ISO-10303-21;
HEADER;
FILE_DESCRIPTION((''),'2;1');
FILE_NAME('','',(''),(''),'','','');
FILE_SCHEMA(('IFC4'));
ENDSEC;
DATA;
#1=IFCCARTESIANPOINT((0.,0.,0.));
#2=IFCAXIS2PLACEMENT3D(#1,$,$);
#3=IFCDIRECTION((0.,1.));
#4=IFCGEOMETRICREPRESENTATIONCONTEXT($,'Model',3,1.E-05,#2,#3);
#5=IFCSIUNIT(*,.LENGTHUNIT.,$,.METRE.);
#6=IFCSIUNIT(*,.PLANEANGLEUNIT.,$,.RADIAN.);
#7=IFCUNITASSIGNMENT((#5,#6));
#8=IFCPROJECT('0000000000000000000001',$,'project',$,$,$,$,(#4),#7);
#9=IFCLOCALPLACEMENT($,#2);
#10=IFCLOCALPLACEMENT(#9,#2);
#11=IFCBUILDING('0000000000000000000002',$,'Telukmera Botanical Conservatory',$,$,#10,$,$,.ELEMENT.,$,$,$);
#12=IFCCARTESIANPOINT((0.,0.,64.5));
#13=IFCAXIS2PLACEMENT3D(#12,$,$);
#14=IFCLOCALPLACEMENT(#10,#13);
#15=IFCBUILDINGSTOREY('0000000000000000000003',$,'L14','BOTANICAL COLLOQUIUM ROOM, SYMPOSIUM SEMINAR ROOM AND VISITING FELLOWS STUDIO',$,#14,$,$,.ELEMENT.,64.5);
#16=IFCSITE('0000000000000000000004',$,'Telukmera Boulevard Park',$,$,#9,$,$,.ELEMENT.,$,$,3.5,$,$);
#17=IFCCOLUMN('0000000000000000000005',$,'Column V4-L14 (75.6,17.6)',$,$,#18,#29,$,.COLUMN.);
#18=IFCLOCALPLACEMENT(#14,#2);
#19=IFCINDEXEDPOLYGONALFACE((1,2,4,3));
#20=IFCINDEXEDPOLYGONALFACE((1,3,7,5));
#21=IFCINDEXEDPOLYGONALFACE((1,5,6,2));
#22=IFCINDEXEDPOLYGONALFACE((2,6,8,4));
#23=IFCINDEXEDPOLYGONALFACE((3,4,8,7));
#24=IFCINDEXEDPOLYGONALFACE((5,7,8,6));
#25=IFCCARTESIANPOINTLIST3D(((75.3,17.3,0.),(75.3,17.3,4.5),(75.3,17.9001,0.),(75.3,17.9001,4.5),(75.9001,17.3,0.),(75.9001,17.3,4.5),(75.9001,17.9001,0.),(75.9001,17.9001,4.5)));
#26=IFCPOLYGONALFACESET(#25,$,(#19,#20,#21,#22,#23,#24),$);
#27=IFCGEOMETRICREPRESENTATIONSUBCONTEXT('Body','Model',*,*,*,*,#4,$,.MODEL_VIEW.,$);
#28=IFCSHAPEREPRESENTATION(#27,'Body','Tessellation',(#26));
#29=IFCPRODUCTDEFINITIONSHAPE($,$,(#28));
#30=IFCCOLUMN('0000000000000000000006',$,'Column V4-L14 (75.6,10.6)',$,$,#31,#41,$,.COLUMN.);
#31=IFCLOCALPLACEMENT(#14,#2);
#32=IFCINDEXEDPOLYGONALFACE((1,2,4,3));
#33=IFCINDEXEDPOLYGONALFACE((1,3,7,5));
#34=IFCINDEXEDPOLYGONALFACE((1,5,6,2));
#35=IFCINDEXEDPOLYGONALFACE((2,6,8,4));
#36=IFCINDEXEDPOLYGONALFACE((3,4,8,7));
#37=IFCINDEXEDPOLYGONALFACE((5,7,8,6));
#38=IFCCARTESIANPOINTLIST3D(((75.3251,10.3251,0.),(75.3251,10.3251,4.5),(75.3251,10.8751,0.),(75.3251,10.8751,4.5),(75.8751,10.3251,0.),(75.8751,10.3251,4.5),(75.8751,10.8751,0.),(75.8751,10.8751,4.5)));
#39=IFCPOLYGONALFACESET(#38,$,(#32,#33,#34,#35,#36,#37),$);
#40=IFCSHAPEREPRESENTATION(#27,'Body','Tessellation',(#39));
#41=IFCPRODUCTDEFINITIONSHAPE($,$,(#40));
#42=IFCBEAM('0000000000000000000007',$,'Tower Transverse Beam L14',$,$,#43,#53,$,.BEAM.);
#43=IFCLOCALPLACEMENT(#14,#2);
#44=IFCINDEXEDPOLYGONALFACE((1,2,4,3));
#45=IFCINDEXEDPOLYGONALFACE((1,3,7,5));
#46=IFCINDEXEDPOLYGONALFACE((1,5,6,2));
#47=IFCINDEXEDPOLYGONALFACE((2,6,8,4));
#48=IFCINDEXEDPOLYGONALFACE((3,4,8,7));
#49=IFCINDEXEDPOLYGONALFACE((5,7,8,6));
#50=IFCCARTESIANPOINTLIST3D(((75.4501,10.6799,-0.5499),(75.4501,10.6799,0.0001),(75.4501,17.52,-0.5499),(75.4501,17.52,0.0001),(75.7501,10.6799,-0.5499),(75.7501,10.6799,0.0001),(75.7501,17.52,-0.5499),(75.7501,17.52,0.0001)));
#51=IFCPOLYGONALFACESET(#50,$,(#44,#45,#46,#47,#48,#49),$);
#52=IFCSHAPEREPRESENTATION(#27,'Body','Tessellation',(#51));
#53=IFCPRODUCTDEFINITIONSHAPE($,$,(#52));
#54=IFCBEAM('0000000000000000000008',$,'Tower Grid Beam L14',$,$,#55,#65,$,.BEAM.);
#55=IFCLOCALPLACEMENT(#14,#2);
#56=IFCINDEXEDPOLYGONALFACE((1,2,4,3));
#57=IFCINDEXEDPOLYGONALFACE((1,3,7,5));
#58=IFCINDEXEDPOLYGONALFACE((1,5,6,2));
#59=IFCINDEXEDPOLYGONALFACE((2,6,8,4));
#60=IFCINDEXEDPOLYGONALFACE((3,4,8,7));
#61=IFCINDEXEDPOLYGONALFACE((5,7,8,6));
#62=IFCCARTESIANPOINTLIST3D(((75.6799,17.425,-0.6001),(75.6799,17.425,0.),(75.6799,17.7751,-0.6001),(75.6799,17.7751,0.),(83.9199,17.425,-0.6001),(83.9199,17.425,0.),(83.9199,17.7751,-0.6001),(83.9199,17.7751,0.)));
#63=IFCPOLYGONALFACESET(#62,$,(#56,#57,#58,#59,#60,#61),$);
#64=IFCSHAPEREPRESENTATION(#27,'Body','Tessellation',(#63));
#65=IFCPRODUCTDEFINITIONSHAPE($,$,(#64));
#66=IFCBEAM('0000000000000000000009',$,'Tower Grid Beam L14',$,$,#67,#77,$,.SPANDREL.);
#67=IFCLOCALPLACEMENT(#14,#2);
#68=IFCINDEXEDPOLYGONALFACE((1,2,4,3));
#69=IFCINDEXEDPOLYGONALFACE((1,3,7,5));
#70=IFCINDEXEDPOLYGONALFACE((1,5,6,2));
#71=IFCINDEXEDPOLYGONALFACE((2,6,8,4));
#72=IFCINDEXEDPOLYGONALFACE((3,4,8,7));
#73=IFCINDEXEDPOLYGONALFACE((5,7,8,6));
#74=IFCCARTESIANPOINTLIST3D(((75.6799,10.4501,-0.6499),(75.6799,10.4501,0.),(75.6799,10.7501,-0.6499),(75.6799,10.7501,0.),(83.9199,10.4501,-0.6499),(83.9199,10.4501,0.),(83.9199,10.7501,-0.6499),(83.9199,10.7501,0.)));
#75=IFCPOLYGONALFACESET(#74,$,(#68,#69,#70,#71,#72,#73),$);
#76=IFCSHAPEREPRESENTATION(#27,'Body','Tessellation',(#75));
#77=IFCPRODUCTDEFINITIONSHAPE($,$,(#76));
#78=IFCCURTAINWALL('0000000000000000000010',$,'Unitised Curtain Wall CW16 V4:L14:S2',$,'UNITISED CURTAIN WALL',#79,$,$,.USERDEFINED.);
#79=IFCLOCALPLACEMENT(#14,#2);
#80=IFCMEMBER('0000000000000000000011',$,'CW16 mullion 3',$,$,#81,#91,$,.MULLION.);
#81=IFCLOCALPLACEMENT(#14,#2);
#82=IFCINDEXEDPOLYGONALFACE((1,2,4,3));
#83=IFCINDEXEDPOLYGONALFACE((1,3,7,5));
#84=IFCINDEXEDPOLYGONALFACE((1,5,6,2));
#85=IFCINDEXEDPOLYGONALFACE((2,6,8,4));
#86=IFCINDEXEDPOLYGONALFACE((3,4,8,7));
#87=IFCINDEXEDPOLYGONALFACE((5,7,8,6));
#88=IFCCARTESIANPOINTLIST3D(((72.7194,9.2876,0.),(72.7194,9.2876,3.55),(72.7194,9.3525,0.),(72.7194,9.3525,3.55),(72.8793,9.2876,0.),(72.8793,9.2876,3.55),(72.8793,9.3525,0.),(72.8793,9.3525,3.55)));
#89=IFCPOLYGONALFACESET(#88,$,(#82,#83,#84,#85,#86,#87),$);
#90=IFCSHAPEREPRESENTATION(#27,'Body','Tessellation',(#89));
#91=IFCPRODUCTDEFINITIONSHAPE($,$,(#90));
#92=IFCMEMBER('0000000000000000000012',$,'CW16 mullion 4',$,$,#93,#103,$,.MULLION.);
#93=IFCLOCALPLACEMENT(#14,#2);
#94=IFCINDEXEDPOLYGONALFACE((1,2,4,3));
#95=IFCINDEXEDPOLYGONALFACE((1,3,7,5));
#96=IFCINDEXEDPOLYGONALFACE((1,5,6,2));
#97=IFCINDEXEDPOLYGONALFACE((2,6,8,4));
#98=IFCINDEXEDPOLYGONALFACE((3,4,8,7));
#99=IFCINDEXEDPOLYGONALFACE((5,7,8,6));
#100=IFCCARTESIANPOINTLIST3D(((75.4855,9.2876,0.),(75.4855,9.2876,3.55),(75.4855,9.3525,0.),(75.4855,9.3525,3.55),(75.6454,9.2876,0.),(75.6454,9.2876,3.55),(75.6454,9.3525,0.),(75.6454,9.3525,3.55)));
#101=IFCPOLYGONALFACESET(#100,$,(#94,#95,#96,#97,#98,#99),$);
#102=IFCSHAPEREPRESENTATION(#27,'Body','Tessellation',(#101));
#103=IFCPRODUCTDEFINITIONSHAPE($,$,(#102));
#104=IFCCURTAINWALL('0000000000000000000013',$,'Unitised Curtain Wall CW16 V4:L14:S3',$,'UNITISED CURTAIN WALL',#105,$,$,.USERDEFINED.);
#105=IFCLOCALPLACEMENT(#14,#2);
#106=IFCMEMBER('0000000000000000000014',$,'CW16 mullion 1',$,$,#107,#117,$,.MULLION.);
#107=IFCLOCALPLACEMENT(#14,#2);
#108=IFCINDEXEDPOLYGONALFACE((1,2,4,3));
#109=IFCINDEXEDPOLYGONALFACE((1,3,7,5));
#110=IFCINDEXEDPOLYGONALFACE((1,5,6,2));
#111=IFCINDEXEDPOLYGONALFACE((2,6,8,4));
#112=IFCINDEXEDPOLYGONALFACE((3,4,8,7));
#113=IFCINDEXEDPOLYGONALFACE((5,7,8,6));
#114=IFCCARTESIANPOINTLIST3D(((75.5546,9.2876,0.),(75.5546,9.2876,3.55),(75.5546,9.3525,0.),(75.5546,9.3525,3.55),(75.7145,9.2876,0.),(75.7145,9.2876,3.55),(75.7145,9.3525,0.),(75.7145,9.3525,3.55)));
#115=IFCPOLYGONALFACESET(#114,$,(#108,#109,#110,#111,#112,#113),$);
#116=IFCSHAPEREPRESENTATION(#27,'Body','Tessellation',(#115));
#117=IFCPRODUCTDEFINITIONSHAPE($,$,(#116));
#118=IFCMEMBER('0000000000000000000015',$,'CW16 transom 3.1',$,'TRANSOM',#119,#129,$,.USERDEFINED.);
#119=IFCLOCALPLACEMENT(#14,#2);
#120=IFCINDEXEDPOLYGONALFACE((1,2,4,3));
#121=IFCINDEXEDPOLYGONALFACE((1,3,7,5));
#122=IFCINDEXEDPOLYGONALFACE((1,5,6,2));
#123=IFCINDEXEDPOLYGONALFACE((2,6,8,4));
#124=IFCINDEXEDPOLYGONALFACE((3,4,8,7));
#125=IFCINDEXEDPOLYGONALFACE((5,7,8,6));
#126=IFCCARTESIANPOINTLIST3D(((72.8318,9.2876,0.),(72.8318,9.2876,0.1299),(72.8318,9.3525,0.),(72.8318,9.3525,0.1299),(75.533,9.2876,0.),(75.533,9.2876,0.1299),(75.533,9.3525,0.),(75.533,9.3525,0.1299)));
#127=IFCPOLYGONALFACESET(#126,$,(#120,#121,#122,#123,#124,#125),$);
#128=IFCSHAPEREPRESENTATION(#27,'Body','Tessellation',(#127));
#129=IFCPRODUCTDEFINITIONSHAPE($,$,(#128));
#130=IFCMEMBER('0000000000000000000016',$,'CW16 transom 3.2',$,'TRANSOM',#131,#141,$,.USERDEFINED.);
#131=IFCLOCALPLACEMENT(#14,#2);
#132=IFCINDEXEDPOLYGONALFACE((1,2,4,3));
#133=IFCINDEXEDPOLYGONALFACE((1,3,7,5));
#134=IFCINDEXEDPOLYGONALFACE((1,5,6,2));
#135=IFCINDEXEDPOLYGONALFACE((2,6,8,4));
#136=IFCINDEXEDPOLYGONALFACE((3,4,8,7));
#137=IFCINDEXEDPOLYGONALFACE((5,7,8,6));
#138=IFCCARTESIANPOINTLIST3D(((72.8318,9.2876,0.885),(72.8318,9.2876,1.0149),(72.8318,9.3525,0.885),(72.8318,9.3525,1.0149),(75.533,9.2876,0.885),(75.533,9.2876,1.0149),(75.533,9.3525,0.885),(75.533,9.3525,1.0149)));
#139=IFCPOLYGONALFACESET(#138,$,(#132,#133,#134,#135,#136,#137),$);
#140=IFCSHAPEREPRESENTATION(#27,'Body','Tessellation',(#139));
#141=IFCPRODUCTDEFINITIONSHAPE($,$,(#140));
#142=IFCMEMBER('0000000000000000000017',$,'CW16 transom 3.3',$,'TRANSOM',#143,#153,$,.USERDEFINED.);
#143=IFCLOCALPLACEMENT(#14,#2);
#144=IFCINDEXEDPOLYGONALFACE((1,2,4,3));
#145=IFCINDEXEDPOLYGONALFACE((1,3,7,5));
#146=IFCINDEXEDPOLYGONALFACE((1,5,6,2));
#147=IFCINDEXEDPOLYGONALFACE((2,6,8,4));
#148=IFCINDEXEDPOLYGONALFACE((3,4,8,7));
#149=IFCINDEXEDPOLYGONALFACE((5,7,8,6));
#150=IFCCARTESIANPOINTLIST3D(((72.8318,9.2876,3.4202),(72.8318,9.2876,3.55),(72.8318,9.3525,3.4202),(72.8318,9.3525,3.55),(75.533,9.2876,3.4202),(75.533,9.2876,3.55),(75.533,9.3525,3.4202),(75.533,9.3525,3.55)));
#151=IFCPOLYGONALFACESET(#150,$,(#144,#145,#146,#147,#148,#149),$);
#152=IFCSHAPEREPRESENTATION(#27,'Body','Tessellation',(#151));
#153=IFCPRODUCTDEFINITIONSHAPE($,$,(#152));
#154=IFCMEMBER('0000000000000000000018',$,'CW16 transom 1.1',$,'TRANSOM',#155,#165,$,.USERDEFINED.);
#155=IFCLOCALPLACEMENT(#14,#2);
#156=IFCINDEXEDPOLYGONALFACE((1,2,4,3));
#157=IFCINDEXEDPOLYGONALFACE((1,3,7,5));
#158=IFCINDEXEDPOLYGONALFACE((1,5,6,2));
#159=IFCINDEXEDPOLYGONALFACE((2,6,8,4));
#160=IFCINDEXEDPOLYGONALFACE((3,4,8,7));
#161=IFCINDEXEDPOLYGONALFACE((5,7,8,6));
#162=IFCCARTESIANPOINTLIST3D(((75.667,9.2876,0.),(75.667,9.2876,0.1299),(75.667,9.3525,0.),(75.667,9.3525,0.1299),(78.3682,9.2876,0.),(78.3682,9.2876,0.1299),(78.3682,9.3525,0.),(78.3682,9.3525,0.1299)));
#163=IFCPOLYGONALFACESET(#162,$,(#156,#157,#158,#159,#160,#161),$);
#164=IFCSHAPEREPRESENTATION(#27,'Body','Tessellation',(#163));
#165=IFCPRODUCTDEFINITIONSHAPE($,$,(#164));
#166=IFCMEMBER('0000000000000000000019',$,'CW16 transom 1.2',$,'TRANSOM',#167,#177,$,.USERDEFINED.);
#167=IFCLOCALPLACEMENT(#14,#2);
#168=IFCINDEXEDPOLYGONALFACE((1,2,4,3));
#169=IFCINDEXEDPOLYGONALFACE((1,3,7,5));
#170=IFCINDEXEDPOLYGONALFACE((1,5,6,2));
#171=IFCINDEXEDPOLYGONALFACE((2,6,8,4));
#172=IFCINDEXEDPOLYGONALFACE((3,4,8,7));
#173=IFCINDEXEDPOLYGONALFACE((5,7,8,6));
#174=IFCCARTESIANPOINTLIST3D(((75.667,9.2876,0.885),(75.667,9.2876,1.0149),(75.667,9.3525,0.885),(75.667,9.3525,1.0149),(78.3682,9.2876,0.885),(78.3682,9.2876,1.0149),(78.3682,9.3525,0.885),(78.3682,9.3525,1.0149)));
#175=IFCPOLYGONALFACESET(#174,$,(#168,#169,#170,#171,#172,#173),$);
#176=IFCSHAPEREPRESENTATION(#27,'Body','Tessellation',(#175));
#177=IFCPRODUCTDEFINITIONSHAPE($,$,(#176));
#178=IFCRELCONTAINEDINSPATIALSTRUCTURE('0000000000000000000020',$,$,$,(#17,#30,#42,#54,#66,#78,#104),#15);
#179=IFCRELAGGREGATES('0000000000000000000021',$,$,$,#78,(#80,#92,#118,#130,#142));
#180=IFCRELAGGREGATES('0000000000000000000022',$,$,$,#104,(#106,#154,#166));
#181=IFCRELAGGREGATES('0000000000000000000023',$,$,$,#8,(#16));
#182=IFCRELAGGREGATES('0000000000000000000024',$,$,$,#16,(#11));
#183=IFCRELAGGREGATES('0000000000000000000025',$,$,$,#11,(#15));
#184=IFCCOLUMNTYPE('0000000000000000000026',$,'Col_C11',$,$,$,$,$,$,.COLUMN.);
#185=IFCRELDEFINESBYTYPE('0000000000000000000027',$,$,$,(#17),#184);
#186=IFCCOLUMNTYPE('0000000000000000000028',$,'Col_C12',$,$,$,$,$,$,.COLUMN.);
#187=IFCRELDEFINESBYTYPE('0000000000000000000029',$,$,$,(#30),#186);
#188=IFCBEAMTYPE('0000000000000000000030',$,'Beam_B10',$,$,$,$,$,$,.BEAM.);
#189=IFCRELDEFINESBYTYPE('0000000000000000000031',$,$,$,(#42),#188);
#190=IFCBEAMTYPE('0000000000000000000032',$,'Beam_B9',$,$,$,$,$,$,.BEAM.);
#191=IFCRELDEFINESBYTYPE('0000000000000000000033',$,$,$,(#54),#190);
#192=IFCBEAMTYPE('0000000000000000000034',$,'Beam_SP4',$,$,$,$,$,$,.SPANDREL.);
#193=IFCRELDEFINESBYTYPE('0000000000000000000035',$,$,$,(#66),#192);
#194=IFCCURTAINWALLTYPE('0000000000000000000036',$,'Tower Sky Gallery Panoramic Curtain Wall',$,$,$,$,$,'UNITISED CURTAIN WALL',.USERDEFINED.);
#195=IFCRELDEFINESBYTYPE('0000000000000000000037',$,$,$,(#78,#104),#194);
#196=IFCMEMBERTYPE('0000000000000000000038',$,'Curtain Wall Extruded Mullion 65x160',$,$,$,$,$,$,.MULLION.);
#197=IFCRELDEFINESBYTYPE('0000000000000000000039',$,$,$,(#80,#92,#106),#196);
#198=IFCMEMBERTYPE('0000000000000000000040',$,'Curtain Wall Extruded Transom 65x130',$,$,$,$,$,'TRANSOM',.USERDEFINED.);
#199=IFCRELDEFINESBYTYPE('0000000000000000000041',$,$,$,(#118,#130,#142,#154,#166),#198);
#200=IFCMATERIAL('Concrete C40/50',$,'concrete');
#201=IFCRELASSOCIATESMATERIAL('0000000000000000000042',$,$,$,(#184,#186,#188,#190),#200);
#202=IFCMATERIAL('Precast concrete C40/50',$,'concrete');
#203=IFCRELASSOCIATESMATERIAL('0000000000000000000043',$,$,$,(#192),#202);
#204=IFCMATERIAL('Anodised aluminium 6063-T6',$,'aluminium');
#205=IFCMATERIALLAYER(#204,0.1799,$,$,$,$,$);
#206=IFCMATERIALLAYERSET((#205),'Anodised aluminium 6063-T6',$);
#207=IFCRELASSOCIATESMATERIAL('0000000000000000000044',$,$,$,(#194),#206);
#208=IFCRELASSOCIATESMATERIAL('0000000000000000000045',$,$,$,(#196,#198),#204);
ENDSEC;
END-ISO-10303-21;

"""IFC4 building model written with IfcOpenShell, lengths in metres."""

from ifc_helpers import new_model, si_unit, direction, frame, origin, origin_2d, place, context, subcontext, project, spatial, rectangle, extrude, material, layer, layer_set, material_profile, profile_set, type_object, element, aggregate, save


model = new_model("IFC4")

# Units and contexts
model_context = context("Model", 3, precision=1e-05, world=origin(), true_north=direction((0.0, 1.0)))
body_context = subcontext(model_context, "Body", "Model", "MODEL_VIEW")
ifc_project = project(units=[si_unit("LENGTHUNIT", "METRE"), si_unit("PLANEANGLEUNIT", "RADIAN")], contexts=[model_context])

# Site, building, storey
site_placement = place(None, origin())
site = spatial("IfcSite", under=ifc_project, at=site_placement, Name="Telukmera Boulevard Park", CompositionType="ELEMENT", RefElevation=3.5)
building_placement = place(site_placement, origin())
building = spatial("IfcBuilding", under=site, at=building_placement, Name="Telukmera Botanical Conservatory", CompositionType="ELEMENT")
storey_placement = place(building_placement, frame((0.0, 0.0, 64.5)))
storey = spatial("IfcBuildingStorey", under=building, at=storey_placement, Name="L14", Description="BOTANICAL COLLOQUIUM ROOM, SYMPOSIUM SEMINAR ROOM AND VISITING FELLOWS STUDIO", CompositionType="ELEMENT", Elevation=64.5)

# Columns
ifc_material_1 = material(Name="Concrete C40/50", Category="concrete")
ifc_material_profile_1 = material_profile(ifc_material_1, rectangle(XDim=0.6001, YDim=0.6001, at=origin_2d()), Name="RC 600x600")
ifc_profile_set_1 = profile_set([ifc_material_profile_1], Name="Concrete C40/50")
column_type_1 = type_object("IfcColumnType", Name="Col_C11", PredefinedType="COLUMN", material=ifc_profile_set_1)
column_1_placement = place(storey_placement, frame((75.6001, 17.6001, 0.0), z_axis=(0.0, 0.0, 1.0), x_axis=(1.0, 0.0, 0.0)))
element("IfcColumn", 1, at=column_1_placement, inside=storey, type_object=column_type_1, Name="Column V4-L14 (75.6,17.6)", PredefinedType="COLUMN", context=body_context, shape_type="SweptSolid", body=[
    extrude(rectangle(XDim=0.6001, YDim=0.6001, at=origin_2d()), origin(), (0.0, 0.0, 1.0), 4.5),
])
ifc_material_profile_2 = material_profile(ifc_material_1, rectangle(XDim=0.55, YDim=0.55, at=origin_2d()), Name="RC 550x550")
ifc_profile_set_2 = profile_set([ifc_material_profile_2], Name="Concrete C40/50")
column_type_2 = type_object("IfcColumnType", Name="Col_C12", PredefinedType="COLUMN", material=ifc_profile_set_2)
column_2_placement = place(storey_placement, frame((75.6001, 10.6001, 0.0), z_axis=(0.0, 0.0, 1.0), x_axis=(1.0, 0.0, 0.0)))
element("IfcColumn", 2, at=column_2_placement, inside=storey, type_object=column_type_2, Name="Column V4-L14 (75.6,10.6)", PredefinedType="COLUMN", context=body_context, shape_type="SweptSolid", body=[
    extrude(rectangle(XDim=0.55, YDim=0.55, at=origin_2d()), origin(), (0.0, 0.0, 1.0), 4.5),
])

# Beams
ifc_material_profile_3 = material_profile(ifc_material_1, rectangle(XDim=0.3, YDim=0.55, at=origin_2d()), Name="RC 300x550")
ifc_profile_set_3 = profile_set([ifc_material_profile_3], Name="Concrete C40/50")
beam_type_1 = type_object("IfcBeamType", Name="Beam_B10", PredefinedType="BEAM", material=ifc_profile_set_3)
beam_1_placement = place(storey_placement, frame((75.6001, 10.6799, -0.2749), z_axis=(0.0, 1.0, 0.0), x_axis=(-1.0, 0.0, 0.0)))
element("IfcBeam", 3, at=beam_1_placement, inside=storey, type_object=beam_type_1, Name="Tower Transverse Beam L14", PredefinedType="BEAM", context=body_context, shape_type="SweptSolid", body=[
    extrude(rectangle(XDim=0.3, YDim=0.55, at=origin_2d()), origin(), (0.0, 0.0, 1.0), 6.8401),
])
ifc_material_profile_4 = material_profile(ifc_material_1, rectangle(XDim=0.3501, YDim=0.6001, at=origin_2d()), Name="RC 350x600")
ifc_profile_set_4 = profile_set([ifc_material_profile_4], Name="Concrete C40/50")
beam_type_2 = type_object("IfcBeamType", Name="Beam_B9", PredefinedType="BEAM", material=ifc_profile_set_4)
beam_2_placement = place(storey_placement, frame((75.6799, 17.6001, -0.3), z_axis=(1.0, 0.0, 0.0), x_axis=(0.0, 1.0, 0.0)))
element("IfcBeam", 4, at=beam_2_placement, inside=storey, type_object=beam_type_2, Name="Tower Grid Beam L14", PredefinedType="BEAM", context=body_context, shape_type="SweptSolid", body=[
    extrude(rectangle(XDim=0.3501, YDim=0.6001, at=origin_2d()), origin(), (0.0, 0.0, 1.0), 8.24),
])
ifc_material_2 = material(Name="Precast concrete C40/50", Category="concrete")
ifc_material_profile_5 = material_profile(ifc_material_2, rectangle(XDim=0.3, YDim=0.6499, at=origin_2d()), Name="PC 300x650")
ifc_profile_set_5 = profile_set([ifc_material_profile_5], Name="Precast concrete C40/50")
beam_type_3 = type_object("IfcBeamType", Name="Beam_SP4", PredefinedType="SPANDREL", material=ifc_profile_set_5)
beam_3_placement = place(storey_placement, frame((75.6799, 10.6001, -0.325), z_axis=(1.0, 0.0, 0.0), x_axis=(0.0, 1.0, 0.0)))
element("IfcBeam", 5, at=beam_3_placement, inside=storey, type_object=beam_type_3, Name="Tower Grid Beam L14", PredefinedType="SPANDREL", context=body_context, shape_type="SweptSolid", body=[
    extrude(rectangle(XDim=0.3, YDim=0.6499, at=origin_2d()), origin(), (0.0, 0.0, 1.0), 8.24),
])

# Curtain wall, members
ifc_material_3 = material(Name="Anodised aluminium 6063-T6", Category="aluminium")
ifc_layer_1 = layer(ifc_material_3, 0.1799)
ifc_layer_set_1 = layer_set([ifc_layer_1], Name="Anodised aluminium 6063-T6")
curtain_wall_type = type_object("IfcCurtainWallType", Name="Tower Sky Gallery Panoramic Curtain Wall", ElementType="UNITISED CURTAIN WALL", PredefinedType="USERDEFINED", material=ifc_layer_set_1)
curtain_wall_1_placement = place(storey_placement, origin())
curtain_wall_1 = element("IfcCurtainWall", 6, at=curtain_wall_1_placement, inside=storey, type_object=curtain_wall_type, Name="Unitised Curtain Wall CW16 V4:L14:S2", ObjectType="UNITISED CURTAIN WALL", PredefinedType="USERDEFINED")
ifc_material_profile_6 = material_profile(ifc_material_3, rectangle(XDim=0.0649, YDim=0.1599, at=origin_2d()), Name="ALU MULL 65x160")
ifc_profile_set_6 = profile_set([ifc_material_profile_6], Name="Anodised aluminium 6063-T6")
member_type_1 = type_object("IfcMemberType", Name="Curtain Wall Extruded Mullion 65x160", PredefinedType="MULLION", material=ifc_profile_set_6)
member_1_placement = place(storey_placement, frame((72.7993, 9.3201, 0.0), z_axis=(0.0, 0.0, 1.0), x_axis=(0.0, 1.0, 0.0)))
member_1 = element("IfcMember", 7, at=member_1_placement, type_object=member_type_1, Name="CW16 mullion 3", PredefinedType="MULLION", context=body_context, shape_type="SweptSolid", body=[
    extrude(rectangle(XDim=0.0649, YDim=0.1599, at=origin_2d()), origin(), (0.0, 0.0, 1.0), 3.55),
])
member_2_placement = place(storey_placement, frame((75.5654, 9.3201, 0.0), z_axis=(0.0, 0.0, 1.0), x_axis=(0.0, 1.0, 0.0)))
member_2 = element("IfcMember", 8, at=member_2_placement, type_object=member_type_1, Name="CW16 mullion 4", PredefinedType="MULLION", context=body_context, shape_type="SweptSolid", body=[
    extrude(rectangle(XDim=0.0649, YDim=0.1599, at=origin_2d()), origin(), (0.0, 0.0, 1.0), 3.55),
])

# Curtain wall, member
curtain_wall_2_placement = place(storey_placement, origin())
curtain_wall_2 = element("IfcCurtainWall", 9, at=curtain_wall_2_placement, inside=storey, type_object=curtain_wall_type, Name="Unitised Curtain Wall CW16 V4:L14:S3", ObjectType="UNITISED CURTAIN WALL", PredefinedType="USERDEFINED")
member_3_placement = place(storey_placement, frame((75.6345, 9.3201, 0.0), z_axis=(0.0, 0.0, 1.0), x_axis=(0.0, 1.0, 0.0)))
member_3 = element("IfcMember", 10, at=member_3_placement, type_object=member_type_1, Name="CW16 mullion 1", PredefinedType="MULLION", context=body_context, shape_type="SweptSolid", body=[
    extrude(rectangle(XDim=0.0649, YDim=0.1599, at=origin_2d()), origin(), (0.0, 0.0, 1.0), 3.55),
])

# Members
ifc_material_profile_7 = material_profile(ifc_material_3, rectangle(XDim=0.0649, YDim=0.1299, at=origin_2d()), Name="ALU TRAN 65x130")
ifc_profile_set_7 = profile_set([ifc_material_profile_7], Name="Anodised aluminium 6063-T6")
member_type_2 = type_object("IfcMemberType", Name="Curtain Wall Extruded Transom 65x130", ElementType="TRANSOM", PredefinedType="USERDEFINED", material=ifc_profile_set_7)
member_4_placement = place(storey_placement, frame((72.8318, 9.3201, 0.0649), z_axis=(1.0, 0.0, 0.0), x_axis=(0.0, 1.0, 0.0)))
member_4 = element("IfcMember", 11, at=member_4_placement, type_object=member_type_2, Name="CW16 transom 3.1", ObjectType="TRANSOM", PredefinedType="USERDEFINED", context=body_context, shape_type="SweptSolid", body=[
    extrude(rectangle(XDim=0.0649, YDim=0.1299, at=origin_2d()), origin(), (0.0, 0.0, 1.0), 2.7012),
])
member_5_placement = place(storey_placement, frame((72.8318, 9.3201, 0.95), z_axis=(1.0, 0.0, 0.0), x_axis=(0.0, 1.0, 0.0)))
member_5 = element("IfcMember", 12, at=member_5_placement, type_object=member_type_2, Name="CW16 transom 3.2", ObjectType="TRANSOM", PredefinedType="USERDEFINED", context=body_context, shape_type="SweptSolid", body=[
    extrude(rectangle(XDim=0.0649, YDim=0.1299, at=origin_2d()), origin(), (0.0, 0.0, 1.0), 2.7012),
])
member_6_placement = place(storey_placement, frame((72.8318, 9.3201, 3.4851), z_axis=(1.0, 0.0, 0.0), x_axis=(0.0, 1.0, 0.0)))
member_6 = element("IfcMember", 13, at=member_6_placement, type_object=member_type_2, Name="CW16 transom 3.3", ObjectType="TRANSOM", PredefinedType="USERDEFINED", context=body_context, shape_type="SweptSolid", body=[
    extrude(rectangle(XDim=0.0649, YDim=0.1299, at=origin_2d()), origin(), (0.0, 0.0, 1.0), 2.7012),
])
member_7_placement = place(storey_placement, frame((75.667, 9.3201, 0.0649), z_axis=(1.0, 0.0, 0.0), x_axis=(0.0, 1.0, 0.0)))
member_7 = element("IfcMember", 14, at=member_7_placement, type_object=member_type_2, Name="CW16 transom 1.1", ObjectType="TRANSOM", PredefinedType="USERDEFINED", context=body_context, shape_type="SweptSolid", body=[
    extrude(rectangle(XDim=0.0649, YDim=0.1299, at=origin_2d()), origin(), (0.0, 0.0, 1.0), 2.7012),
])
member_8_placement = place(storey_placement, frame((75.667, 9.3201, 0.95), z_axis=(1.0, 0.0, 0.0), x_axis=(0.0, 1.0, 0.0)))
member_8 = element("IfcMember", 15, at=member_8_placement, type_object=member_type_2, Name="CW16 transom 1.2", ObjectType="TRANSOM", PredefinedType="USERDEFINED", context=body_context, shape_type="SweptSolid", body=[
    extrude(rectangle(XDim=0.0649, YDim=0.1299, at=origin_2d()), origin(), (0.0, 0.0, 1.0), 2.7012),
])

aggregate(curtain_wall_1, [member_1, member_2, member_4, member_5, member_6])
aggregate(curtain_wall_2, [member_3, member_7, member_8])

save(model, "model.ifc")
